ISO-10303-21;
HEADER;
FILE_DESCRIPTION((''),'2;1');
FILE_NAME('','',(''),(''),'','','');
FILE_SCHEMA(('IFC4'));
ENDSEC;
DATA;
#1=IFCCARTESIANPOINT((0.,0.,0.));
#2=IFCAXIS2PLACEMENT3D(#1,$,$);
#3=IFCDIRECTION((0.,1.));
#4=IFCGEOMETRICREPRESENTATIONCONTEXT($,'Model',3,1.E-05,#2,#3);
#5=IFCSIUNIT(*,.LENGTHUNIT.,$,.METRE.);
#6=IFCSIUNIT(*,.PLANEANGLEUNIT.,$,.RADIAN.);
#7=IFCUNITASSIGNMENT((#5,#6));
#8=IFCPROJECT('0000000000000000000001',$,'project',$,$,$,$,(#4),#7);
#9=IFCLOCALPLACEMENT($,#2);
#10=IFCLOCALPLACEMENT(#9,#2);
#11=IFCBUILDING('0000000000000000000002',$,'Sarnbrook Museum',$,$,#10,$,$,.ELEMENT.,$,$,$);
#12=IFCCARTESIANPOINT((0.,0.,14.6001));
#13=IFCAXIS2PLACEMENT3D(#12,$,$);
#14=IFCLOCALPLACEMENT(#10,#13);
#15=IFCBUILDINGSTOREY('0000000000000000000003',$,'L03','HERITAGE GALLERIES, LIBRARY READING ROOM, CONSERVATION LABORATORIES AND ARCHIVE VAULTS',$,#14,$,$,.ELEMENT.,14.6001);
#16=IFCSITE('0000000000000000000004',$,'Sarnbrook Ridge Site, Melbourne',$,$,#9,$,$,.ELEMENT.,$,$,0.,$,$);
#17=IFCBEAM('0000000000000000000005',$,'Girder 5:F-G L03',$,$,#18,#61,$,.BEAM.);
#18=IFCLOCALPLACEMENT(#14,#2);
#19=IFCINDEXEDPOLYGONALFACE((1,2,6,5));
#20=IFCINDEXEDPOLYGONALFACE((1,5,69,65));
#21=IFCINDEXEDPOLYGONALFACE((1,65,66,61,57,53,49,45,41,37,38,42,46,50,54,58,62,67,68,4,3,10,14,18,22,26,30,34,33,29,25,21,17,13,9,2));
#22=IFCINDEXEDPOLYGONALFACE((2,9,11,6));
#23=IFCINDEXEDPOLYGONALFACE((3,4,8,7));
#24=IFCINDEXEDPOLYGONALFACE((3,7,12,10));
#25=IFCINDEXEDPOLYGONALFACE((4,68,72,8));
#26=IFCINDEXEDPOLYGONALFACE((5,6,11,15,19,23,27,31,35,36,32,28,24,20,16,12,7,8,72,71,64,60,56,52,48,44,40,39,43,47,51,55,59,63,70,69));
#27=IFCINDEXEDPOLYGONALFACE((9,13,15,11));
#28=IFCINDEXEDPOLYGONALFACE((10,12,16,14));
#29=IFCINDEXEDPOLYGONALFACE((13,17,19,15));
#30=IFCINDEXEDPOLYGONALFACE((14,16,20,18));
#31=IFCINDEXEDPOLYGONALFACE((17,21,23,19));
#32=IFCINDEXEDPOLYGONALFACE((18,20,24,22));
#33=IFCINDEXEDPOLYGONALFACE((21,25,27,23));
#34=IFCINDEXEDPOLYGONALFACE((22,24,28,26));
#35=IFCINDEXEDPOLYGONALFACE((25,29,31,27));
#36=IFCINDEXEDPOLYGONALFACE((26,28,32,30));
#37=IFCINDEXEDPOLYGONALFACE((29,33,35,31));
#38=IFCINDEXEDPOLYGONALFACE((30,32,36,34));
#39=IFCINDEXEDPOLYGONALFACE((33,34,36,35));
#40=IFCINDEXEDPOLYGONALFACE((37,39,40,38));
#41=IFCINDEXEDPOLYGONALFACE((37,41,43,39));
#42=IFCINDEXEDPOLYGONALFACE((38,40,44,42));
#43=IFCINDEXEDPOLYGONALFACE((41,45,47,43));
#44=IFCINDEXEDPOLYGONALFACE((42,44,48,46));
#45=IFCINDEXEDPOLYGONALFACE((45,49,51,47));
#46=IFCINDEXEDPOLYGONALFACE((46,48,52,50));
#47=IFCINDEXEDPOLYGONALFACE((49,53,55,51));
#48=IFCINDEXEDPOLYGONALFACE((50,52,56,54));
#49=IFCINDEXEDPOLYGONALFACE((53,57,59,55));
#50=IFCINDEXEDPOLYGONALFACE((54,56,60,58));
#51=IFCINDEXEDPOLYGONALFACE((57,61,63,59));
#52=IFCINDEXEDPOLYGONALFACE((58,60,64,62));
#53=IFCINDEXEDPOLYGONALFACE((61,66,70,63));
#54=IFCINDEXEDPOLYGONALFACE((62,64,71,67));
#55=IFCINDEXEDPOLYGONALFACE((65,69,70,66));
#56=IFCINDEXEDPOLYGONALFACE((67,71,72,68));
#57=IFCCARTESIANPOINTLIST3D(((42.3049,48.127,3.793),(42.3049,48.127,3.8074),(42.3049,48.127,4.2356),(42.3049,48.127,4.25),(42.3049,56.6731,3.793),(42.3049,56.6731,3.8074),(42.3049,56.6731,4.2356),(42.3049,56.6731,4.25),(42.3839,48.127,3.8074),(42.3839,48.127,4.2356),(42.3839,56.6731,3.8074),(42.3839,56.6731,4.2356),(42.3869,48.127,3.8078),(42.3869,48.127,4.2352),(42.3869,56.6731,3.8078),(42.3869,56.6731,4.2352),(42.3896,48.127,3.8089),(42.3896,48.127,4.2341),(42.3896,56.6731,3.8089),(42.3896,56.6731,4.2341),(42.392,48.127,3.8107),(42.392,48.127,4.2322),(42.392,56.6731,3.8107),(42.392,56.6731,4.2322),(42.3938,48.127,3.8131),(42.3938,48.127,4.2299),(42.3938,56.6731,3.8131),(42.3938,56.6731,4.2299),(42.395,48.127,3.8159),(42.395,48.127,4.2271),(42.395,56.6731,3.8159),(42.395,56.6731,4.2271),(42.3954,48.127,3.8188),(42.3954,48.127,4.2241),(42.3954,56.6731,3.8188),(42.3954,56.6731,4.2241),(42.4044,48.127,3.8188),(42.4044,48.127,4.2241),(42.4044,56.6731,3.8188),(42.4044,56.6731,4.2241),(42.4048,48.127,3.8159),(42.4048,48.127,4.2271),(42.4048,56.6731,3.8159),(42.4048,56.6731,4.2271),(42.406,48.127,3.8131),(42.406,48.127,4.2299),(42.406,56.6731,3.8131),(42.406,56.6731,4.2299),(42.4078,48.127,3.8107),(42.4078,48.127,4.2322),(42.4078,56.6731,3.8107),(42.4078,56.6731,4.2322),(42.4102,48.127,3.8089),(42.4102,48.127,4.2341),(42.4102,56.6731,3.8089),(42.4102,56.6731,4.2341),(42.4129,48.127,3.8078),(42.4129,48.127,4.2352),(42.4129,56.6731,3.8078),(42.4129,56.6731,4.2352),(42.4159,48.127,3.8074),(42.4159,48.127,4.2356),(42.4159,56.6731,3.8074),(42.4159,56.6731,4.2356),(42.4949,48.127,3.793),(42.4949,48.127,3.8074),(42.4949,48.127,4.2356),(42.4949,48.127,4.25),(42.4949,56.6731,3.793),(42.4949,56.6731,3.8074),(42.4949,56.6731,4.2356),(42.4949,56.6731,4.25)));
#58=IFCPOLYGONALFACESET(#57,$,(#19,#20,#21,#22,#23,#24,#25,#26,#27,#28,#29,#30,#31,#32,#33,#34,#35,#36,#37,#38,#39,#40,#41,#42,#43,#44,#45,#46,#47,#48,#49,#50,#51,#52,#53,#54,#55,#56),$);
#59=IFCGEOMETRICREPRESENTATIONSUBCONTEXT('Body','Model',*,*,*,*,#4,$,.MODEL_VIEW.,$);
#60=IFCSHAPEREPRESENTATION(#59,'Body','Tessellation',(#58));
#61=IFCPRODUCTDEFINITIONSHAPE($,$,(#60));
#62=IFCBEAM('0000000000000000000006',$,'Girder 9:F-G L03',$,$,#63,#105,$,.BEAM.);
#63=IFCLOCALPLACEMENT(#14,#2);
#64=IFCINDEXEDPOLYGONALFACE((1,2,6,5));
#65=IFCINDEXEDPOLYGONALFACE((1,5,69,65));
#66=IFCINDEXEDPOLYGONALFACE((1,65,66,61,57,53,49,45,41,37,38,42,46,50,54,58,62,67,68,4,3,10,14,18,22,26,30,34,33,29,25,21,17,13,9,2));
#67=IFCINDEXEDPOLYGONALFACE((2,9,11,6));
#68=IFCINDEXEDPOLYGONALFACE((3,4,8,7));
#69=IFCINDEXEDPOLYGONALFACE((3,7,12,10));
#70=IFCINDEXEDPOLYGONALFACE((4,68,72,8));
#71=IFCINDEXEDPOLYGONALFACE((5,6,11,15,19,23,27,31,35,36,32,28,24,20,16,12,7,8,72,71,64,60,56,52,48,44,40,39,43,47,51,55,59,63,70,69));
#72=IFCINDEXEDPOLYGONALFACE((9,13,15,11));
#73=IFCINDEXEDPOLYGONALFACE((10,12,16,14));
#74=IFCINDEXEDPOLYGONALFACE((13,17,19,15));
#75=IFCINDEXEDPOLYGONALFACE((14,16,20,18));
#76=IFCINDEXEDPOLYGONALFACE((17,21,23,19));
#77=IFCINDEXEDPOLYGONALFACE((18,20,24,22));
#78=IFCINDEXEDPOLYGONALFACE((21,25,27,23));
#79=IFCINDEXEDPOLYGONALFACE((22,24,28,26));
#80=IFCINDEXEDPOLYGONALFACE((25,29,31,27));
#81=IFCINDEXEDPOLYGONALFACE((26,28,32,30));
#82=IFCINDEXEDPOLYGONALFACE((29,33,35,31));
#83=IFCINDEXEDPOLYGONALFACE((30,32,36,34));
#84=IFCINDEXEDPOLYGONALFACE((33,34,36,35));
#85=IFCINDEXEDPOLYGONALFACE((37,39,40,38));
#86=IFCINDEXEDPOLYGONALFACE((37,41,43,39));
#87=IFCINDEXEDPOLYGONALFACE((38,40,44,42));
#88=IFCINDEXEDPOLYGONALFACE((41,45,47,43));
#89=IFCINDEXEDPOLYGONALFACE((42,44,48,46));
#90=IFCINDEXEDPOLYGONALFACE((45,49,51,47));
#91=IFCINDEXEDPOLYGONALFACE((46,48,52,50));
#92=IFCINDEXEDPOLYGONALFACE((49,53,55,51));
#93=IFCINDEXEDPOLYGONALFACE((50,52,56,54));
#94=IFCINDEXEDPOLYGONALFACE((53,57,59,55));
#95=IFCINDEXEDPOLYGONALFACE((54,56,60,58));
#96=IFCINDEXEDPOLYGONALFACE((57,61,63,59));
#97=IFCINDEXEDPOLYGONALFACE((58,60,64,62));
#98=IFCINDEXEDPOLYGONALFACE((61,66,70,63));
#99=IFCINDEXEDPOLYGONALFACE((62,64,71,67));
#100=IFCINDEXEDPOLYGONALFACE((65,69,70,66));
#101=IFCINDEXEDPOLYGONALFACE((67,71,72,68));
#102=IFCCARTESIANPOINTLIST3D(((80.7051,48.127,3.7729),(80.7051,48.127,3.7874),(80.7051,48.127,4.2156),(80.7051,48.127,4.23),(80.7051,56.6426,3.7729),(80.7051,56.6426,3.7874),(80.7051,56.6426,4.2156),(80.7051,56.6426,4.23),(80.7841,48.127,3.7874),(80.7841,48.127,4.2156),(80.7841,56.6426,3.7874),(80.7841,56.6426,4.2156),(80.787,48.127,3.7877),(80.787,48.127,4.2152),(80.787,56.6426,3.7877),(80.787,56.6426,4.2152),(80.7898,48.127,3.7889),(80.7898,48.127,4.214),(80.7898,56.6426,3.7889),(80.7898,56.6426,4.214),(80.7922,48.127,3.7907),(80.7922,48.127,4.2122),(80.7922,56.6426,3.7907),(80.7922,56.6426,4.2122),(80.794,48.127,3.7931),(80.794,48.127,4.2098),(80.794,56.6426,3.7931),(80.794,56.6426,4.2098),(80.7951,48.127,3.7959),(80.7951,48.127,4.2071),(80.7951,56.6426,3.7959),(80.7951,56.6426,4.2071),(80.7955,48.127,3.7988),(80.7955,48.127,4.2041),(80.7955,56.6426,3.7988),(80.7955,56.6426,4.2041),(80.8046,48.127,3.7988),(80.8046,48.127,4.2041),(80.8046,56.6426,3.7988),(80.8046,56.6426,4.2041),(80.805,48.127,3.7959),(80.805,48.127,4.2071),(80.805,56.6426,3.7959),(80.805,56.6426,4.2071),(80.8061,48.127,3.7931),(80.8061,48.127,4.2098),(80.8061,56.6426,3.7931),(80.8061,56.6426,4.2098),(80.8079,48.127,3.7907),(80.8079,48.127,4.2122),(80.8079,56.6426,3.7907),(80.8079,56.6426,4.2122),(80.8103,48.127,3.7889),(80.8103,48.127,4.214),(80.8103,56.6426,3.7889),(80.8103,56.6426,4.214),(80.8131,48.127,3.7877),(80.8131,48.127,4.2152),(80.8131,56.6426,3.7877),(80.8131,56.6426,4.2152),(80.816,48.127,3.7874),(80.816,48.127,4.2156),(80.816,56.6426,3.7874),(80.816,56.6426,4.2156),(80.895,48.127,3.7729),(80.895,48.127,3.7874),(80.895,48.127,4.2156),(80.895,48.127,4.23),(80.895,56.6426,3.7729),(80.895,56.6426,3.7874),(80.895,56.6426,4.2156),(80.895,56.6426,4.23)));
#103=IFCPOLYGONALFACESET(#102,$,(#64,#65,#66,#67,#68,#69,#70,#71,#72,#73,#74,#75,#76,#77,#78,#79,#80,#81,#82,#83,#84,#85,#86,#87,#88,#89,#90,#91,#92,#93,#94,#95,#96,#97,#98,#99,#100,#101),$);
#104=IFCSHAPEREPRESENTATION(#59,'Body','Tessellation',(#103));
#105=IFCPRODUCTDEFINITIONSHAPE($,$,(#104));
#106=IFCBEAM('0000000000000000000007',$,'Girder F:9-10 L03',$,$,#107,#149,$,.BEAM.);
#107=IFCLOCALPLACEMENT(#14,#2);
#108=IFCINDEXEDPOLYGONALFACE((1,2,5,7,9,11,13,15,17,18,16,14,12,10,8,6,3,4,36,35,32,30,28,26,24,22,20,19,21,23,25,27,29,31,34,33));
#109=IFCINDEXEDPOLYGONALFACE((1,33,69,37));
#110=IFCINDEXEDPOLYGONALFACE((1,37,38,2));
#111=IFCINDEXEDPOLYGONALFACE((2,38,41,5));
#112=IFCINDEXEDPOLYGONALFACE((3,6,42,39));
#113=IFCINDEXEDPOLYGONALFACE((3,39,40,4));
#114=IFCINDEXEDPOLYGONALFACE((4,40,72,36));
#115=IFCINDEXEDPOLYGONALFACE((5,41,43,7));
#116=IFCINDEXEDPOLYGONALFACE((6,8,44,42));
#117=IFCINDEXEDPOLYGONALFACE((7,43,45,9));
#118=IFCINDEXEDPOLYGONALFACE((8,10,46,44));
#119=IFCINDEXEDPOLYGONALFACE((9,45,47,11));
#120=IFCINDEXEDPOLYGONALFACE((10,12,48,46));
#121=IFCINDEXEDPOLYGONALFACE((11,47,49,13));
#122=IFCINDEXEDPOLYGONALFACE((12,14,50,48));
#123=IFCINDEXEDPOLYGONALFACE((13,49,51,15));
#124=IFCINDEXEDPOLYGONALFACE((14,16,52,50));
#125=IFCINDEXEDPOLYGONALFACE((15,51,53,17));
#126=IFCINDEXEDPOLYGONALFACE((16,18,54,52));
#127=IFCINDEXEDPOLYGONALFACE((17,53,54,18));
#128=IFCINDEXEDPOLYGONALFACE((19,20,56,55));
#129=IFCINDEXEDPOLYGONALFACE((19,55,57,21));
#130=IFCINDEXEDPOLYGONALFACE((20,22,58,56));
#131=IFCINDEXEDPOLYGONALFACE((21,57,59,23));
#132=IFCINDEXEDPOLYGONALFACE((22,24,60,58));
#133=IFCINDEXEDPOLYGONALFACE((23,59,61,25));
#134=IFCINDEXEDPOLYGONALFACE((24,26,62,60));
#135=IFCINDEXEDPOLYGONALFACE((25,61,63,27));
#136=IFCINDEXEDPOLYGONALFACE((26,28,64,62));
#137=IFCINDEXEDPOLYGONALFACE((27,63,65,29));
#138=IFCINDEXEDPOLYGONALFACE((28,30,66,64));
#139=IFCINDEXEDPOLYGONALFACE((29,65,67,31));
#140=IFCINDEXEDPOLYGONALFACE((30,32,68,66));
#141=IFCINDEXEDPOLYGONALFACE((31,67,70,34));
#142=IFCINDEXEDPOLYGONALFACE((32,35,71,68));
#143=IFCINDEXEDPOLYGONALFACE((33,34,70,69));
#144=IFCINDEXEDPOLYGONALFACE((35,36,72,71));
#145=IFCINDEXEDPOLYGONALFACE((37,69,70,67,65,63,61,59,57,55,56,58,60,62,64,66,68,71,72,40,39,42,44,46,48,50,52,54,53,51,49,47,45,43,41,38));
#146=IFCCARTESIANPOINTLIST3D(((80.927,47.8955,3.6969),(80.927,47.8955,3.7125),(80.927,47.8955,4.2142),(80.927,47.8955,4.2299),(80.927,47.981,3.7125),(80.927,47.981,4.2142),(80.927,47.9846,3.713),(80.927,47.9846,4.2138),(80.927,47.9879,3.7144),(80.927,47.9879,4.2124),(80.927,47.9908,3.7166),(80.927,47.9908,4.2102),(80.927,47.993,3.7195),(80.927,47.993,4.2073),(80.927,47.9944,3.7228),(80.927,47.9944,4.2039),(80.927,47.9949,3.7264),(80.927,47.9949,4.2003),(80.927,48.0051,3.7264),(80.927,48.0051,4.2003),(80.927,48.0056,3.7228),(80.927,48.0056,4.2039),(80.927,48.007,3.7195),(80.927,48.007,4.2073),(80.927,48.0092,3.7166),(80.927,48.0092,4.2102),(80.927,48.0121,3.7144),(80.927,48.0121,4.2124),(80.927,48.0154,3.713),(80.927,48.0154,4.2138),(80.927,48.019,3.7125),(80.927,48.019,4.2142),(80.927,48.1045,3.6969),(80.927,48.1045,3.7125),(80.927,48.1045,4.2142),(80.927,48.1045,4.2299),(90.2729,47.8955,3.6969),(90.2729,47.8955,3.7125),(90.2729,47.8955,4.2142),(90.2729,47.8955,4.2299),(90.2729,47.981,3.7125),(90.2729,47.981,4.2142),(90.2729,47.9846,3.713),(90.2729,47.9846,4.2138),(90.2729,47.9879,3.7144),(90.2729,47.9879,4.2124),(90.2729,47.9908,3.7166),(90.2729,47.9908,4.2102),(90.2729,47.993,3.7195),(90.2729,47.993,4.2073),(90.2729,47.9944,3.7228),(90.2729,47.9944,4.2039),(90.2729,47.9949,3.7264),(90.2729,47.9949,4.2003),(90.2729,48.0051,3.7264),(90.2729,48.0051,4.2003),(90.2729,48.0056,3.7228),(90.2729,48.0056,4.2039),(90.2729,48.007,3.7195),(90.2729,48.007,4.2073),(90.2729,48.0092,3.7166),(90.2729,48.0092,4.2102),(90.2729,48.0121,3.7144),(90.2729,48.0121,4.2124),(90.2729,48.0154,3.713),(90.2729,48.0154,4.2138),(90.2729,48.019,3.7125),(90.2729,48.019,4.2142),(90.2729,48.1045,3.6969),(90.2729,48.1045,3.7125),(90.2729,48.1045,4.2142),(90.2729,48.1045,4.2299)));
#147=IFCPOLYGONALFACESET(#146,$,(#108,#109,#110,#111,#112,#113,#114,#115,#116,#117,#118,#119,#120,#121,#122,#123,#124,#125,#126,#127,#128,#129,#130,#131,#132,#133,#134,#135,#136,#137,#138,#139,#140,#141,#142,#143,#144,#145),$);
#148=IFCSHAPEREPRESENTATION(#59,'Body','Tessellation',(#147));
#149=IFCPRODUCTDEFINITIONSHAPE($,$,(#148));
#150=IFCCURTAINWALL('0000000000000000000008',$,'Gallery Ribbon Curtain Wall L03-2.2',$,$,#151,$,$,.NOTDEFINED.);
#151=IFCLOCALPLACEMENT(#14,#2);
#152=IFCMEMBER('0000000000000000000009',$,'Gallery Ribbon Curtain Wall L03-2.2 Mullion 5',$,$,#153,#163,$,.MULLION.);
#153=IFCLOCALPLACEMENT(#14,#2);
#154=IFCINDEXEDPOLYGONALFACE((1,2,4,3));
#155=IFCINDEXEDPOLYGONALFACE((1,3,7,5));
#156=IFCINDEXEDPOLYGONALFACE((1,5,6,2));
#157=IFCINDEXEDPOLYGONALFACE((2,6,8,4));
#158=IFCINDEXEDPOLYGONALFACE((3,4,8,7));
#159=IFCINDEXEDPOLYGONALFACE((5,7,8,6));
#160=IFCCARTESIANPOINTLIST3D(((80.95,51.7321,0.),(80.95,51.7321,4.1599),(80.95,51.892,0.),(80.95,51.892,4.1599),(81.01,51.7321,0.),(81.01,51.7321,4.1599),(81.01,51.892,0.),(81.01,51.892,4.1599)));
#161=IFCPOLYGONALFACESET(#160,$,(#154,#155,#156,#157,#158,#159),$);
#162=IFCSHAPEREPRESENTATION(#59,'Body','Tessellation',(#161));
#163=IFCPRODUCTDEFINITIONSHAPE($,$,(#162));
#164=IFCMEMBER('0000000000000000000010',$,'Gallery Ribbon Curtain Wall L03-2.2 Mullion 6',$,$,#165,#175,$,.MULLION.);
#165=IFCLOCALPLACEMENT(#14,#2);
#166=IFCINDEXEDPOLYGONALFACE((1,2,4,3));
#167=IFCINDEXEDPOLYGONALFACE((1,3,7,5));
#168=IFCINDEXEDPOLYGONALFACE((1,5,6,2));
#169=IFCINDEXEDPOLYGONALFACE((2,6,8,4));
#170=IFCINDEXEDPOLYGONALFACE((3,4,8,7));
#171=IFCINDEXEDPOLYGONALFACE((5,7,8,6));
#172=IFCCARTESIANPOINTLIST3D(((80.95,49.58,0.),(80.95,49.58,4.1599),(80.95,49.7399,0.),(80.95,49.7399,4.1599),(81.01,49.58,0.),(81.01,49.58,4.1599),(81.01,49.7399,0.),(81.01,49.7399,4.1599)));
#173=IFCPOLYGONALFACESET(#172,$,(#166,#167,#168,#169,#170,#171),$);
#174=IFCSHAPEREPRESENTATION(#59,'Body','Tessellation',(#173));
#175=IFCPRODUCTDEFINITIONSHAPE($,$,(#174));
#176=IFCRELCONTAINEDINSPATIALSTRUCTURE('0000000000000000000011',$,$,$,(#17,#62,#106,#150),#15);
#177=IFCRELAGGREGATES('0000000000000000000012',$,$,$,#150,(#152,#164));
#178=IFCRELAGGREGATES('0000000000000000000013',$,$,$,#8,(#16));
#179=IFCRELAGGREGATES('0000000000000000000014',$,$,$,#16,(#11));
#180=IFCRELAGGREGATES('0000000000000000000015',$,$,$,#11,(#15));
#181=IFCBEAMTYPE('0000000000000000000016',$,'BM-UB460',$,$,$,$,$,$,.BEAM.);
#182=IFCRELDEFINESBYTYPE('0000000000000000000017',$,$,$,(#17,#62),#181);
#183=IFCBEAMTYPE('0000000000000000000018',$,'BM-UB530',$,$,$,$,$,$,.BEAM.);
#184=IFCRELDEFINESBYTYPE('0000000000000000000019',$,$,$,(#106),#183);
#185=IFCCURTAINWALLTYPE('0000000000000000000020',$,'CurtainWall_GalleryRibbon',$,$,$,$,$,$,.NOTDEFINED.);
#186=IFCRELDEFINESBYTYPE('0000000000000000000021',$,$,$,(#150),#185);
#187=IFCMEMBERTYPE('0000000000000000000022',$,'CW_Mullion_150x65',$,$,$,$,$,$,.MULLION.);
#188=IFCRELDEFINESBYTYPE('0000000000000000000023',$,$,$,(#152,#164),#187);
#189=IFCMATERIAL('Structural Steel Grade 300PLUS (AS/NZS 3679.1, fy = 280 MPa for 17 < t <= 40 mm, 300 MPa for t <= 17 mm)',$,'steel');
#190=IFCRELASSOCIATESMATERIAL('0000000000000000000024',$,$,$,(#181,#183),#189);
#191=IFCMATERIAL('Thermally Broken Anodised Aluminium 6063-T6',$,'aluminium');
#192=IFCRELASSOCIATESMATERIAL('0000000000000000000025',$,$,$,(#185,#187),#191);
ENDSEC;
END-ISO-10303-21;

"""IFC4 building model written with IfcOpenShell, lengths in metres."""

from ifc_helpers import new_model, si_unit, direction, frame, origin, origin_2d, place, context, subcontext, project, spatial, rectangle, i_section, extrude, material, material_profile, profile_set, type_object, element, aggregate, save


model = new_model("IFC4")

# Units and contexts
model_context = context("Model", 3, precision=1e-05, world=origin(), true_north=direction((0.0, 1.0)))
body_context = subcontext(model_context, "Body", "Model", "MODEL_VIEW")
ifc_project = project(units=[si_unit("LENGTHUNIT", "METRE"), si_unit("PLANEANGLEUNIT", "RADIAN")], contexts=[model_context])

# Site, building, storey
site_placement = place(None, origin())
site = spatial("IfcSite", under=ifc_project, at=site_placement, Name="Sarnbrook Ridge Site, Melbourne", CompositionType="ELEMENT", RefElevation=0.0)
building_placement = place(site_placement, origin())
building = spatial("IfcBuilding", under=site, at=building_placement, Name="Sarnbrook Museum", CompositionType="ELEMENT")
storey_placement = place(building_placement, frame((0.0, 0.0, 14.6001)))
storey = spatial("IfcBuildingStorey", under=building, at=storey_placement, Name="L03", Description="HERITAGE GALLERIES, LIBRARY READING ROOM, CONSERVATION LABORATORIES AND ARCHIVE VAULTS", CompositionType="ELEMENT", Elevation=14.6001)

# Shared definitions
ifc_material_1 = material(Name="Structural Steel Grade 300PLUS (AS/NZS 3679.1, fy = 280 MPa for 17 < t <= 40 mm, 300 MPa for t <= 17 mm)", Category="steel")

# Beams
ifc_material_profile_1 = material_profile(ifc_material_1, i_section(OverallWidth=0.1899, OverallDepth=0.457, WebThickness=0.009, FlangeThickness=0.0144, FilletRadius=0.0115, at=origin_2d()), Name="460UB74.6")
ifc_profile_set_1 = profile_set([ifc_material_profile_1], Name="Structural Steel Grade 300PLUS (AS/NZS 3679.1, fy = 280 MPa for 17 < t <= 40 mm, 300 MPa for t <= 17 mm)")
beam_type_1 = type_object("IfcBeamType", Name="BM-UB460", PredefinedType="BEAM", material=ifc_profile_set_1)
for number, where, z_axis, x_axis, name in (
    (1, (42.3999, 48.127, 4.0215), (0.0, 1.0, 0.0), (-1.0, 0.0, 0.0), "Girder 5:F-G L03"),
):
    element("IfcBeam", number, at=place(storey_placement, frame(where, z_axis=z_axis, x_axis=x_axis)), inside=storey, type_object=beam_type_1, Name=name, PredefinedType="BEAM", context=body_context, shape_type="SweptSolid", body=[
        extrude(i_section(OverallWidth=0.1899, OverallDepth=0.457, WebThickness=0.009, FlangeThickness=0.0144, FilletRadius=0.0115, at=origin_2d()), origin(), (0.0, 0.0, 1.0), 8.5461),
    ])
beam_1_placement = place(storey_placement, frame((80.8, 48.127, 4.0015), z_axis=(0.0, 1.0, 0.0), x_axis=(-1.0, 0.0, 0.0)))
element("IfcBeam", 2, at=beam_1_placement, inside=storey, type_object=beam_type_1, Name="Girder 9:F-G L03", PredefinedType="BEAM", context=body_context, shape_type="SweptSolid", body=[
    extrude(i_section(OverallWidth=0.1899, OverallDepth=0.457, WebThickness=0.009, FlangeThickness=0.0144, FilletRadius=0.0115, at=origin_2d()), origin(), (0.0, 0.0, 1.0), 8.5156),
])
ifc_material_profile_2 = material_profile(ifc_material_1, i_section(OverallWidth=0.209, OverallDepth=0.533, WebThickness=0.0103, FlangeThickness=0.0156, FilletRadius=0.0139, at=origin_2d()), Name="530UB92.4")
ifc_profile_set_2 = profile_set([ifc_material_profile_2], Name="Structural Steel Grade 300PLUS (AS/NZS 3679.1, fy = 280 MPa for 17 < t <= 40 mm, 300 MPa for t <= 17 mm)")
beam_type_2 = type_object("IfcBeamType", Name="BM-UB530", PredefinedType="BEAM", material=ifc_profile_set_2)
beam_2_placement = place(storey_placement, frame((80.927, 48.0, 3.9634), z_axis=(1.0, 0.0, 0.0), x_axis=(0.0, 1.0, 0.0)))
element("IfcBeam", 3, at=beam_2_placement, inside=storey, type_object=beam_type_2, Name="Girder F:9-10 L03", PredefinedType="BEAM", context=body_context, shape_type="SweptSolid", body=[
    extrude(i_section(OverallWidth=0.209, OverallDepth=0.533, WebThickness=0.0103, FlangeThickness=0.0156, FilletRadius=0.0139, at=origin_2d()), origin(), (0.0, 0.0, 1.0), 9.3459),
])

# Curtain wall, members
ifc_material_2 = material(Name="Thermally Broken Anodised Aluminium 6063-T6", Category="aluminium")
curtain_wall_type = type_object("IfcCurtainWallType", Name="CurtainWall_GalleryRibbon", PredefinedType="NOTDEFINED", material=ifc_material_2)
curtain_wall_placement = place(storey_placement, origin())
curtain_wall = element("IfcCurtainWall", 4, at=curtain_wall_placement, inside=storey, type_object=curtain_wall_type, Name="Gallery Ribbon Curtain Wall L03-2.2", PredefinedType="NOTDEFINED")
ifc_material_profile_3 = material_profile(ifc_material_2, rectangle(XDim=0.0601, YDim=0.1599, at=origin_2d()), Name="ALU MULLION 60x160")
ifc_profile_set_3 = profile_set([ifc_material_profile_3], Name="Thermally Broken Anodised Aluminium 6063-T6")
member_type = type_object("IfcMemberType", Name="CW_Mullion_150x65", PredefinedType="MULLION", material=ifc_profile_set_3)
member_1_placement = place(storey_placement, frame((80.98, 51.812, 0.0), z_axis=(0.0, 0.0, 1.0), x_axis=(1.0, 0.0, 0.0)))
member_1 = element("IfcMember", 5, at=member_1_placement, type_object=member_type, Name="Gallery Ribbon Curtain Wall L03-2.2 Mullion 5", PredefinedType="MULLION", context=body_context, shape_type="SweptSolid", body=[
    extrude(rectangle(XDim=0.0601, YDim=0.1599, at=origin_2d()), origin(), (0.0, 0.0, 1.0), 4.1599),
])
member_2_placement = place(storey_placement, frame((80.98, 49.6599, 0.0), z_axis=(0.0, 0.0, 1.0), x_axis=(1.0, 0.0, 0.0)))
member_2 = element("IfcMember", 6, at=member_2_placement, type_object=member_type, Name="Gallery Ribbon Curtain Wall L03-2.2 Mullion 6", PredefinedType="MULLION", context=body_context, shape_type="SweptSolid", body=[
    extrude(rectangle(XDim=0.0601, YDim=0.1599, at=origin_2d()), origin(), (0.0, 0.0, 1.0), 4.1599),
])

aggregate(curtain_wall, [member_1, member_2])

save(model, "model.ifc")
